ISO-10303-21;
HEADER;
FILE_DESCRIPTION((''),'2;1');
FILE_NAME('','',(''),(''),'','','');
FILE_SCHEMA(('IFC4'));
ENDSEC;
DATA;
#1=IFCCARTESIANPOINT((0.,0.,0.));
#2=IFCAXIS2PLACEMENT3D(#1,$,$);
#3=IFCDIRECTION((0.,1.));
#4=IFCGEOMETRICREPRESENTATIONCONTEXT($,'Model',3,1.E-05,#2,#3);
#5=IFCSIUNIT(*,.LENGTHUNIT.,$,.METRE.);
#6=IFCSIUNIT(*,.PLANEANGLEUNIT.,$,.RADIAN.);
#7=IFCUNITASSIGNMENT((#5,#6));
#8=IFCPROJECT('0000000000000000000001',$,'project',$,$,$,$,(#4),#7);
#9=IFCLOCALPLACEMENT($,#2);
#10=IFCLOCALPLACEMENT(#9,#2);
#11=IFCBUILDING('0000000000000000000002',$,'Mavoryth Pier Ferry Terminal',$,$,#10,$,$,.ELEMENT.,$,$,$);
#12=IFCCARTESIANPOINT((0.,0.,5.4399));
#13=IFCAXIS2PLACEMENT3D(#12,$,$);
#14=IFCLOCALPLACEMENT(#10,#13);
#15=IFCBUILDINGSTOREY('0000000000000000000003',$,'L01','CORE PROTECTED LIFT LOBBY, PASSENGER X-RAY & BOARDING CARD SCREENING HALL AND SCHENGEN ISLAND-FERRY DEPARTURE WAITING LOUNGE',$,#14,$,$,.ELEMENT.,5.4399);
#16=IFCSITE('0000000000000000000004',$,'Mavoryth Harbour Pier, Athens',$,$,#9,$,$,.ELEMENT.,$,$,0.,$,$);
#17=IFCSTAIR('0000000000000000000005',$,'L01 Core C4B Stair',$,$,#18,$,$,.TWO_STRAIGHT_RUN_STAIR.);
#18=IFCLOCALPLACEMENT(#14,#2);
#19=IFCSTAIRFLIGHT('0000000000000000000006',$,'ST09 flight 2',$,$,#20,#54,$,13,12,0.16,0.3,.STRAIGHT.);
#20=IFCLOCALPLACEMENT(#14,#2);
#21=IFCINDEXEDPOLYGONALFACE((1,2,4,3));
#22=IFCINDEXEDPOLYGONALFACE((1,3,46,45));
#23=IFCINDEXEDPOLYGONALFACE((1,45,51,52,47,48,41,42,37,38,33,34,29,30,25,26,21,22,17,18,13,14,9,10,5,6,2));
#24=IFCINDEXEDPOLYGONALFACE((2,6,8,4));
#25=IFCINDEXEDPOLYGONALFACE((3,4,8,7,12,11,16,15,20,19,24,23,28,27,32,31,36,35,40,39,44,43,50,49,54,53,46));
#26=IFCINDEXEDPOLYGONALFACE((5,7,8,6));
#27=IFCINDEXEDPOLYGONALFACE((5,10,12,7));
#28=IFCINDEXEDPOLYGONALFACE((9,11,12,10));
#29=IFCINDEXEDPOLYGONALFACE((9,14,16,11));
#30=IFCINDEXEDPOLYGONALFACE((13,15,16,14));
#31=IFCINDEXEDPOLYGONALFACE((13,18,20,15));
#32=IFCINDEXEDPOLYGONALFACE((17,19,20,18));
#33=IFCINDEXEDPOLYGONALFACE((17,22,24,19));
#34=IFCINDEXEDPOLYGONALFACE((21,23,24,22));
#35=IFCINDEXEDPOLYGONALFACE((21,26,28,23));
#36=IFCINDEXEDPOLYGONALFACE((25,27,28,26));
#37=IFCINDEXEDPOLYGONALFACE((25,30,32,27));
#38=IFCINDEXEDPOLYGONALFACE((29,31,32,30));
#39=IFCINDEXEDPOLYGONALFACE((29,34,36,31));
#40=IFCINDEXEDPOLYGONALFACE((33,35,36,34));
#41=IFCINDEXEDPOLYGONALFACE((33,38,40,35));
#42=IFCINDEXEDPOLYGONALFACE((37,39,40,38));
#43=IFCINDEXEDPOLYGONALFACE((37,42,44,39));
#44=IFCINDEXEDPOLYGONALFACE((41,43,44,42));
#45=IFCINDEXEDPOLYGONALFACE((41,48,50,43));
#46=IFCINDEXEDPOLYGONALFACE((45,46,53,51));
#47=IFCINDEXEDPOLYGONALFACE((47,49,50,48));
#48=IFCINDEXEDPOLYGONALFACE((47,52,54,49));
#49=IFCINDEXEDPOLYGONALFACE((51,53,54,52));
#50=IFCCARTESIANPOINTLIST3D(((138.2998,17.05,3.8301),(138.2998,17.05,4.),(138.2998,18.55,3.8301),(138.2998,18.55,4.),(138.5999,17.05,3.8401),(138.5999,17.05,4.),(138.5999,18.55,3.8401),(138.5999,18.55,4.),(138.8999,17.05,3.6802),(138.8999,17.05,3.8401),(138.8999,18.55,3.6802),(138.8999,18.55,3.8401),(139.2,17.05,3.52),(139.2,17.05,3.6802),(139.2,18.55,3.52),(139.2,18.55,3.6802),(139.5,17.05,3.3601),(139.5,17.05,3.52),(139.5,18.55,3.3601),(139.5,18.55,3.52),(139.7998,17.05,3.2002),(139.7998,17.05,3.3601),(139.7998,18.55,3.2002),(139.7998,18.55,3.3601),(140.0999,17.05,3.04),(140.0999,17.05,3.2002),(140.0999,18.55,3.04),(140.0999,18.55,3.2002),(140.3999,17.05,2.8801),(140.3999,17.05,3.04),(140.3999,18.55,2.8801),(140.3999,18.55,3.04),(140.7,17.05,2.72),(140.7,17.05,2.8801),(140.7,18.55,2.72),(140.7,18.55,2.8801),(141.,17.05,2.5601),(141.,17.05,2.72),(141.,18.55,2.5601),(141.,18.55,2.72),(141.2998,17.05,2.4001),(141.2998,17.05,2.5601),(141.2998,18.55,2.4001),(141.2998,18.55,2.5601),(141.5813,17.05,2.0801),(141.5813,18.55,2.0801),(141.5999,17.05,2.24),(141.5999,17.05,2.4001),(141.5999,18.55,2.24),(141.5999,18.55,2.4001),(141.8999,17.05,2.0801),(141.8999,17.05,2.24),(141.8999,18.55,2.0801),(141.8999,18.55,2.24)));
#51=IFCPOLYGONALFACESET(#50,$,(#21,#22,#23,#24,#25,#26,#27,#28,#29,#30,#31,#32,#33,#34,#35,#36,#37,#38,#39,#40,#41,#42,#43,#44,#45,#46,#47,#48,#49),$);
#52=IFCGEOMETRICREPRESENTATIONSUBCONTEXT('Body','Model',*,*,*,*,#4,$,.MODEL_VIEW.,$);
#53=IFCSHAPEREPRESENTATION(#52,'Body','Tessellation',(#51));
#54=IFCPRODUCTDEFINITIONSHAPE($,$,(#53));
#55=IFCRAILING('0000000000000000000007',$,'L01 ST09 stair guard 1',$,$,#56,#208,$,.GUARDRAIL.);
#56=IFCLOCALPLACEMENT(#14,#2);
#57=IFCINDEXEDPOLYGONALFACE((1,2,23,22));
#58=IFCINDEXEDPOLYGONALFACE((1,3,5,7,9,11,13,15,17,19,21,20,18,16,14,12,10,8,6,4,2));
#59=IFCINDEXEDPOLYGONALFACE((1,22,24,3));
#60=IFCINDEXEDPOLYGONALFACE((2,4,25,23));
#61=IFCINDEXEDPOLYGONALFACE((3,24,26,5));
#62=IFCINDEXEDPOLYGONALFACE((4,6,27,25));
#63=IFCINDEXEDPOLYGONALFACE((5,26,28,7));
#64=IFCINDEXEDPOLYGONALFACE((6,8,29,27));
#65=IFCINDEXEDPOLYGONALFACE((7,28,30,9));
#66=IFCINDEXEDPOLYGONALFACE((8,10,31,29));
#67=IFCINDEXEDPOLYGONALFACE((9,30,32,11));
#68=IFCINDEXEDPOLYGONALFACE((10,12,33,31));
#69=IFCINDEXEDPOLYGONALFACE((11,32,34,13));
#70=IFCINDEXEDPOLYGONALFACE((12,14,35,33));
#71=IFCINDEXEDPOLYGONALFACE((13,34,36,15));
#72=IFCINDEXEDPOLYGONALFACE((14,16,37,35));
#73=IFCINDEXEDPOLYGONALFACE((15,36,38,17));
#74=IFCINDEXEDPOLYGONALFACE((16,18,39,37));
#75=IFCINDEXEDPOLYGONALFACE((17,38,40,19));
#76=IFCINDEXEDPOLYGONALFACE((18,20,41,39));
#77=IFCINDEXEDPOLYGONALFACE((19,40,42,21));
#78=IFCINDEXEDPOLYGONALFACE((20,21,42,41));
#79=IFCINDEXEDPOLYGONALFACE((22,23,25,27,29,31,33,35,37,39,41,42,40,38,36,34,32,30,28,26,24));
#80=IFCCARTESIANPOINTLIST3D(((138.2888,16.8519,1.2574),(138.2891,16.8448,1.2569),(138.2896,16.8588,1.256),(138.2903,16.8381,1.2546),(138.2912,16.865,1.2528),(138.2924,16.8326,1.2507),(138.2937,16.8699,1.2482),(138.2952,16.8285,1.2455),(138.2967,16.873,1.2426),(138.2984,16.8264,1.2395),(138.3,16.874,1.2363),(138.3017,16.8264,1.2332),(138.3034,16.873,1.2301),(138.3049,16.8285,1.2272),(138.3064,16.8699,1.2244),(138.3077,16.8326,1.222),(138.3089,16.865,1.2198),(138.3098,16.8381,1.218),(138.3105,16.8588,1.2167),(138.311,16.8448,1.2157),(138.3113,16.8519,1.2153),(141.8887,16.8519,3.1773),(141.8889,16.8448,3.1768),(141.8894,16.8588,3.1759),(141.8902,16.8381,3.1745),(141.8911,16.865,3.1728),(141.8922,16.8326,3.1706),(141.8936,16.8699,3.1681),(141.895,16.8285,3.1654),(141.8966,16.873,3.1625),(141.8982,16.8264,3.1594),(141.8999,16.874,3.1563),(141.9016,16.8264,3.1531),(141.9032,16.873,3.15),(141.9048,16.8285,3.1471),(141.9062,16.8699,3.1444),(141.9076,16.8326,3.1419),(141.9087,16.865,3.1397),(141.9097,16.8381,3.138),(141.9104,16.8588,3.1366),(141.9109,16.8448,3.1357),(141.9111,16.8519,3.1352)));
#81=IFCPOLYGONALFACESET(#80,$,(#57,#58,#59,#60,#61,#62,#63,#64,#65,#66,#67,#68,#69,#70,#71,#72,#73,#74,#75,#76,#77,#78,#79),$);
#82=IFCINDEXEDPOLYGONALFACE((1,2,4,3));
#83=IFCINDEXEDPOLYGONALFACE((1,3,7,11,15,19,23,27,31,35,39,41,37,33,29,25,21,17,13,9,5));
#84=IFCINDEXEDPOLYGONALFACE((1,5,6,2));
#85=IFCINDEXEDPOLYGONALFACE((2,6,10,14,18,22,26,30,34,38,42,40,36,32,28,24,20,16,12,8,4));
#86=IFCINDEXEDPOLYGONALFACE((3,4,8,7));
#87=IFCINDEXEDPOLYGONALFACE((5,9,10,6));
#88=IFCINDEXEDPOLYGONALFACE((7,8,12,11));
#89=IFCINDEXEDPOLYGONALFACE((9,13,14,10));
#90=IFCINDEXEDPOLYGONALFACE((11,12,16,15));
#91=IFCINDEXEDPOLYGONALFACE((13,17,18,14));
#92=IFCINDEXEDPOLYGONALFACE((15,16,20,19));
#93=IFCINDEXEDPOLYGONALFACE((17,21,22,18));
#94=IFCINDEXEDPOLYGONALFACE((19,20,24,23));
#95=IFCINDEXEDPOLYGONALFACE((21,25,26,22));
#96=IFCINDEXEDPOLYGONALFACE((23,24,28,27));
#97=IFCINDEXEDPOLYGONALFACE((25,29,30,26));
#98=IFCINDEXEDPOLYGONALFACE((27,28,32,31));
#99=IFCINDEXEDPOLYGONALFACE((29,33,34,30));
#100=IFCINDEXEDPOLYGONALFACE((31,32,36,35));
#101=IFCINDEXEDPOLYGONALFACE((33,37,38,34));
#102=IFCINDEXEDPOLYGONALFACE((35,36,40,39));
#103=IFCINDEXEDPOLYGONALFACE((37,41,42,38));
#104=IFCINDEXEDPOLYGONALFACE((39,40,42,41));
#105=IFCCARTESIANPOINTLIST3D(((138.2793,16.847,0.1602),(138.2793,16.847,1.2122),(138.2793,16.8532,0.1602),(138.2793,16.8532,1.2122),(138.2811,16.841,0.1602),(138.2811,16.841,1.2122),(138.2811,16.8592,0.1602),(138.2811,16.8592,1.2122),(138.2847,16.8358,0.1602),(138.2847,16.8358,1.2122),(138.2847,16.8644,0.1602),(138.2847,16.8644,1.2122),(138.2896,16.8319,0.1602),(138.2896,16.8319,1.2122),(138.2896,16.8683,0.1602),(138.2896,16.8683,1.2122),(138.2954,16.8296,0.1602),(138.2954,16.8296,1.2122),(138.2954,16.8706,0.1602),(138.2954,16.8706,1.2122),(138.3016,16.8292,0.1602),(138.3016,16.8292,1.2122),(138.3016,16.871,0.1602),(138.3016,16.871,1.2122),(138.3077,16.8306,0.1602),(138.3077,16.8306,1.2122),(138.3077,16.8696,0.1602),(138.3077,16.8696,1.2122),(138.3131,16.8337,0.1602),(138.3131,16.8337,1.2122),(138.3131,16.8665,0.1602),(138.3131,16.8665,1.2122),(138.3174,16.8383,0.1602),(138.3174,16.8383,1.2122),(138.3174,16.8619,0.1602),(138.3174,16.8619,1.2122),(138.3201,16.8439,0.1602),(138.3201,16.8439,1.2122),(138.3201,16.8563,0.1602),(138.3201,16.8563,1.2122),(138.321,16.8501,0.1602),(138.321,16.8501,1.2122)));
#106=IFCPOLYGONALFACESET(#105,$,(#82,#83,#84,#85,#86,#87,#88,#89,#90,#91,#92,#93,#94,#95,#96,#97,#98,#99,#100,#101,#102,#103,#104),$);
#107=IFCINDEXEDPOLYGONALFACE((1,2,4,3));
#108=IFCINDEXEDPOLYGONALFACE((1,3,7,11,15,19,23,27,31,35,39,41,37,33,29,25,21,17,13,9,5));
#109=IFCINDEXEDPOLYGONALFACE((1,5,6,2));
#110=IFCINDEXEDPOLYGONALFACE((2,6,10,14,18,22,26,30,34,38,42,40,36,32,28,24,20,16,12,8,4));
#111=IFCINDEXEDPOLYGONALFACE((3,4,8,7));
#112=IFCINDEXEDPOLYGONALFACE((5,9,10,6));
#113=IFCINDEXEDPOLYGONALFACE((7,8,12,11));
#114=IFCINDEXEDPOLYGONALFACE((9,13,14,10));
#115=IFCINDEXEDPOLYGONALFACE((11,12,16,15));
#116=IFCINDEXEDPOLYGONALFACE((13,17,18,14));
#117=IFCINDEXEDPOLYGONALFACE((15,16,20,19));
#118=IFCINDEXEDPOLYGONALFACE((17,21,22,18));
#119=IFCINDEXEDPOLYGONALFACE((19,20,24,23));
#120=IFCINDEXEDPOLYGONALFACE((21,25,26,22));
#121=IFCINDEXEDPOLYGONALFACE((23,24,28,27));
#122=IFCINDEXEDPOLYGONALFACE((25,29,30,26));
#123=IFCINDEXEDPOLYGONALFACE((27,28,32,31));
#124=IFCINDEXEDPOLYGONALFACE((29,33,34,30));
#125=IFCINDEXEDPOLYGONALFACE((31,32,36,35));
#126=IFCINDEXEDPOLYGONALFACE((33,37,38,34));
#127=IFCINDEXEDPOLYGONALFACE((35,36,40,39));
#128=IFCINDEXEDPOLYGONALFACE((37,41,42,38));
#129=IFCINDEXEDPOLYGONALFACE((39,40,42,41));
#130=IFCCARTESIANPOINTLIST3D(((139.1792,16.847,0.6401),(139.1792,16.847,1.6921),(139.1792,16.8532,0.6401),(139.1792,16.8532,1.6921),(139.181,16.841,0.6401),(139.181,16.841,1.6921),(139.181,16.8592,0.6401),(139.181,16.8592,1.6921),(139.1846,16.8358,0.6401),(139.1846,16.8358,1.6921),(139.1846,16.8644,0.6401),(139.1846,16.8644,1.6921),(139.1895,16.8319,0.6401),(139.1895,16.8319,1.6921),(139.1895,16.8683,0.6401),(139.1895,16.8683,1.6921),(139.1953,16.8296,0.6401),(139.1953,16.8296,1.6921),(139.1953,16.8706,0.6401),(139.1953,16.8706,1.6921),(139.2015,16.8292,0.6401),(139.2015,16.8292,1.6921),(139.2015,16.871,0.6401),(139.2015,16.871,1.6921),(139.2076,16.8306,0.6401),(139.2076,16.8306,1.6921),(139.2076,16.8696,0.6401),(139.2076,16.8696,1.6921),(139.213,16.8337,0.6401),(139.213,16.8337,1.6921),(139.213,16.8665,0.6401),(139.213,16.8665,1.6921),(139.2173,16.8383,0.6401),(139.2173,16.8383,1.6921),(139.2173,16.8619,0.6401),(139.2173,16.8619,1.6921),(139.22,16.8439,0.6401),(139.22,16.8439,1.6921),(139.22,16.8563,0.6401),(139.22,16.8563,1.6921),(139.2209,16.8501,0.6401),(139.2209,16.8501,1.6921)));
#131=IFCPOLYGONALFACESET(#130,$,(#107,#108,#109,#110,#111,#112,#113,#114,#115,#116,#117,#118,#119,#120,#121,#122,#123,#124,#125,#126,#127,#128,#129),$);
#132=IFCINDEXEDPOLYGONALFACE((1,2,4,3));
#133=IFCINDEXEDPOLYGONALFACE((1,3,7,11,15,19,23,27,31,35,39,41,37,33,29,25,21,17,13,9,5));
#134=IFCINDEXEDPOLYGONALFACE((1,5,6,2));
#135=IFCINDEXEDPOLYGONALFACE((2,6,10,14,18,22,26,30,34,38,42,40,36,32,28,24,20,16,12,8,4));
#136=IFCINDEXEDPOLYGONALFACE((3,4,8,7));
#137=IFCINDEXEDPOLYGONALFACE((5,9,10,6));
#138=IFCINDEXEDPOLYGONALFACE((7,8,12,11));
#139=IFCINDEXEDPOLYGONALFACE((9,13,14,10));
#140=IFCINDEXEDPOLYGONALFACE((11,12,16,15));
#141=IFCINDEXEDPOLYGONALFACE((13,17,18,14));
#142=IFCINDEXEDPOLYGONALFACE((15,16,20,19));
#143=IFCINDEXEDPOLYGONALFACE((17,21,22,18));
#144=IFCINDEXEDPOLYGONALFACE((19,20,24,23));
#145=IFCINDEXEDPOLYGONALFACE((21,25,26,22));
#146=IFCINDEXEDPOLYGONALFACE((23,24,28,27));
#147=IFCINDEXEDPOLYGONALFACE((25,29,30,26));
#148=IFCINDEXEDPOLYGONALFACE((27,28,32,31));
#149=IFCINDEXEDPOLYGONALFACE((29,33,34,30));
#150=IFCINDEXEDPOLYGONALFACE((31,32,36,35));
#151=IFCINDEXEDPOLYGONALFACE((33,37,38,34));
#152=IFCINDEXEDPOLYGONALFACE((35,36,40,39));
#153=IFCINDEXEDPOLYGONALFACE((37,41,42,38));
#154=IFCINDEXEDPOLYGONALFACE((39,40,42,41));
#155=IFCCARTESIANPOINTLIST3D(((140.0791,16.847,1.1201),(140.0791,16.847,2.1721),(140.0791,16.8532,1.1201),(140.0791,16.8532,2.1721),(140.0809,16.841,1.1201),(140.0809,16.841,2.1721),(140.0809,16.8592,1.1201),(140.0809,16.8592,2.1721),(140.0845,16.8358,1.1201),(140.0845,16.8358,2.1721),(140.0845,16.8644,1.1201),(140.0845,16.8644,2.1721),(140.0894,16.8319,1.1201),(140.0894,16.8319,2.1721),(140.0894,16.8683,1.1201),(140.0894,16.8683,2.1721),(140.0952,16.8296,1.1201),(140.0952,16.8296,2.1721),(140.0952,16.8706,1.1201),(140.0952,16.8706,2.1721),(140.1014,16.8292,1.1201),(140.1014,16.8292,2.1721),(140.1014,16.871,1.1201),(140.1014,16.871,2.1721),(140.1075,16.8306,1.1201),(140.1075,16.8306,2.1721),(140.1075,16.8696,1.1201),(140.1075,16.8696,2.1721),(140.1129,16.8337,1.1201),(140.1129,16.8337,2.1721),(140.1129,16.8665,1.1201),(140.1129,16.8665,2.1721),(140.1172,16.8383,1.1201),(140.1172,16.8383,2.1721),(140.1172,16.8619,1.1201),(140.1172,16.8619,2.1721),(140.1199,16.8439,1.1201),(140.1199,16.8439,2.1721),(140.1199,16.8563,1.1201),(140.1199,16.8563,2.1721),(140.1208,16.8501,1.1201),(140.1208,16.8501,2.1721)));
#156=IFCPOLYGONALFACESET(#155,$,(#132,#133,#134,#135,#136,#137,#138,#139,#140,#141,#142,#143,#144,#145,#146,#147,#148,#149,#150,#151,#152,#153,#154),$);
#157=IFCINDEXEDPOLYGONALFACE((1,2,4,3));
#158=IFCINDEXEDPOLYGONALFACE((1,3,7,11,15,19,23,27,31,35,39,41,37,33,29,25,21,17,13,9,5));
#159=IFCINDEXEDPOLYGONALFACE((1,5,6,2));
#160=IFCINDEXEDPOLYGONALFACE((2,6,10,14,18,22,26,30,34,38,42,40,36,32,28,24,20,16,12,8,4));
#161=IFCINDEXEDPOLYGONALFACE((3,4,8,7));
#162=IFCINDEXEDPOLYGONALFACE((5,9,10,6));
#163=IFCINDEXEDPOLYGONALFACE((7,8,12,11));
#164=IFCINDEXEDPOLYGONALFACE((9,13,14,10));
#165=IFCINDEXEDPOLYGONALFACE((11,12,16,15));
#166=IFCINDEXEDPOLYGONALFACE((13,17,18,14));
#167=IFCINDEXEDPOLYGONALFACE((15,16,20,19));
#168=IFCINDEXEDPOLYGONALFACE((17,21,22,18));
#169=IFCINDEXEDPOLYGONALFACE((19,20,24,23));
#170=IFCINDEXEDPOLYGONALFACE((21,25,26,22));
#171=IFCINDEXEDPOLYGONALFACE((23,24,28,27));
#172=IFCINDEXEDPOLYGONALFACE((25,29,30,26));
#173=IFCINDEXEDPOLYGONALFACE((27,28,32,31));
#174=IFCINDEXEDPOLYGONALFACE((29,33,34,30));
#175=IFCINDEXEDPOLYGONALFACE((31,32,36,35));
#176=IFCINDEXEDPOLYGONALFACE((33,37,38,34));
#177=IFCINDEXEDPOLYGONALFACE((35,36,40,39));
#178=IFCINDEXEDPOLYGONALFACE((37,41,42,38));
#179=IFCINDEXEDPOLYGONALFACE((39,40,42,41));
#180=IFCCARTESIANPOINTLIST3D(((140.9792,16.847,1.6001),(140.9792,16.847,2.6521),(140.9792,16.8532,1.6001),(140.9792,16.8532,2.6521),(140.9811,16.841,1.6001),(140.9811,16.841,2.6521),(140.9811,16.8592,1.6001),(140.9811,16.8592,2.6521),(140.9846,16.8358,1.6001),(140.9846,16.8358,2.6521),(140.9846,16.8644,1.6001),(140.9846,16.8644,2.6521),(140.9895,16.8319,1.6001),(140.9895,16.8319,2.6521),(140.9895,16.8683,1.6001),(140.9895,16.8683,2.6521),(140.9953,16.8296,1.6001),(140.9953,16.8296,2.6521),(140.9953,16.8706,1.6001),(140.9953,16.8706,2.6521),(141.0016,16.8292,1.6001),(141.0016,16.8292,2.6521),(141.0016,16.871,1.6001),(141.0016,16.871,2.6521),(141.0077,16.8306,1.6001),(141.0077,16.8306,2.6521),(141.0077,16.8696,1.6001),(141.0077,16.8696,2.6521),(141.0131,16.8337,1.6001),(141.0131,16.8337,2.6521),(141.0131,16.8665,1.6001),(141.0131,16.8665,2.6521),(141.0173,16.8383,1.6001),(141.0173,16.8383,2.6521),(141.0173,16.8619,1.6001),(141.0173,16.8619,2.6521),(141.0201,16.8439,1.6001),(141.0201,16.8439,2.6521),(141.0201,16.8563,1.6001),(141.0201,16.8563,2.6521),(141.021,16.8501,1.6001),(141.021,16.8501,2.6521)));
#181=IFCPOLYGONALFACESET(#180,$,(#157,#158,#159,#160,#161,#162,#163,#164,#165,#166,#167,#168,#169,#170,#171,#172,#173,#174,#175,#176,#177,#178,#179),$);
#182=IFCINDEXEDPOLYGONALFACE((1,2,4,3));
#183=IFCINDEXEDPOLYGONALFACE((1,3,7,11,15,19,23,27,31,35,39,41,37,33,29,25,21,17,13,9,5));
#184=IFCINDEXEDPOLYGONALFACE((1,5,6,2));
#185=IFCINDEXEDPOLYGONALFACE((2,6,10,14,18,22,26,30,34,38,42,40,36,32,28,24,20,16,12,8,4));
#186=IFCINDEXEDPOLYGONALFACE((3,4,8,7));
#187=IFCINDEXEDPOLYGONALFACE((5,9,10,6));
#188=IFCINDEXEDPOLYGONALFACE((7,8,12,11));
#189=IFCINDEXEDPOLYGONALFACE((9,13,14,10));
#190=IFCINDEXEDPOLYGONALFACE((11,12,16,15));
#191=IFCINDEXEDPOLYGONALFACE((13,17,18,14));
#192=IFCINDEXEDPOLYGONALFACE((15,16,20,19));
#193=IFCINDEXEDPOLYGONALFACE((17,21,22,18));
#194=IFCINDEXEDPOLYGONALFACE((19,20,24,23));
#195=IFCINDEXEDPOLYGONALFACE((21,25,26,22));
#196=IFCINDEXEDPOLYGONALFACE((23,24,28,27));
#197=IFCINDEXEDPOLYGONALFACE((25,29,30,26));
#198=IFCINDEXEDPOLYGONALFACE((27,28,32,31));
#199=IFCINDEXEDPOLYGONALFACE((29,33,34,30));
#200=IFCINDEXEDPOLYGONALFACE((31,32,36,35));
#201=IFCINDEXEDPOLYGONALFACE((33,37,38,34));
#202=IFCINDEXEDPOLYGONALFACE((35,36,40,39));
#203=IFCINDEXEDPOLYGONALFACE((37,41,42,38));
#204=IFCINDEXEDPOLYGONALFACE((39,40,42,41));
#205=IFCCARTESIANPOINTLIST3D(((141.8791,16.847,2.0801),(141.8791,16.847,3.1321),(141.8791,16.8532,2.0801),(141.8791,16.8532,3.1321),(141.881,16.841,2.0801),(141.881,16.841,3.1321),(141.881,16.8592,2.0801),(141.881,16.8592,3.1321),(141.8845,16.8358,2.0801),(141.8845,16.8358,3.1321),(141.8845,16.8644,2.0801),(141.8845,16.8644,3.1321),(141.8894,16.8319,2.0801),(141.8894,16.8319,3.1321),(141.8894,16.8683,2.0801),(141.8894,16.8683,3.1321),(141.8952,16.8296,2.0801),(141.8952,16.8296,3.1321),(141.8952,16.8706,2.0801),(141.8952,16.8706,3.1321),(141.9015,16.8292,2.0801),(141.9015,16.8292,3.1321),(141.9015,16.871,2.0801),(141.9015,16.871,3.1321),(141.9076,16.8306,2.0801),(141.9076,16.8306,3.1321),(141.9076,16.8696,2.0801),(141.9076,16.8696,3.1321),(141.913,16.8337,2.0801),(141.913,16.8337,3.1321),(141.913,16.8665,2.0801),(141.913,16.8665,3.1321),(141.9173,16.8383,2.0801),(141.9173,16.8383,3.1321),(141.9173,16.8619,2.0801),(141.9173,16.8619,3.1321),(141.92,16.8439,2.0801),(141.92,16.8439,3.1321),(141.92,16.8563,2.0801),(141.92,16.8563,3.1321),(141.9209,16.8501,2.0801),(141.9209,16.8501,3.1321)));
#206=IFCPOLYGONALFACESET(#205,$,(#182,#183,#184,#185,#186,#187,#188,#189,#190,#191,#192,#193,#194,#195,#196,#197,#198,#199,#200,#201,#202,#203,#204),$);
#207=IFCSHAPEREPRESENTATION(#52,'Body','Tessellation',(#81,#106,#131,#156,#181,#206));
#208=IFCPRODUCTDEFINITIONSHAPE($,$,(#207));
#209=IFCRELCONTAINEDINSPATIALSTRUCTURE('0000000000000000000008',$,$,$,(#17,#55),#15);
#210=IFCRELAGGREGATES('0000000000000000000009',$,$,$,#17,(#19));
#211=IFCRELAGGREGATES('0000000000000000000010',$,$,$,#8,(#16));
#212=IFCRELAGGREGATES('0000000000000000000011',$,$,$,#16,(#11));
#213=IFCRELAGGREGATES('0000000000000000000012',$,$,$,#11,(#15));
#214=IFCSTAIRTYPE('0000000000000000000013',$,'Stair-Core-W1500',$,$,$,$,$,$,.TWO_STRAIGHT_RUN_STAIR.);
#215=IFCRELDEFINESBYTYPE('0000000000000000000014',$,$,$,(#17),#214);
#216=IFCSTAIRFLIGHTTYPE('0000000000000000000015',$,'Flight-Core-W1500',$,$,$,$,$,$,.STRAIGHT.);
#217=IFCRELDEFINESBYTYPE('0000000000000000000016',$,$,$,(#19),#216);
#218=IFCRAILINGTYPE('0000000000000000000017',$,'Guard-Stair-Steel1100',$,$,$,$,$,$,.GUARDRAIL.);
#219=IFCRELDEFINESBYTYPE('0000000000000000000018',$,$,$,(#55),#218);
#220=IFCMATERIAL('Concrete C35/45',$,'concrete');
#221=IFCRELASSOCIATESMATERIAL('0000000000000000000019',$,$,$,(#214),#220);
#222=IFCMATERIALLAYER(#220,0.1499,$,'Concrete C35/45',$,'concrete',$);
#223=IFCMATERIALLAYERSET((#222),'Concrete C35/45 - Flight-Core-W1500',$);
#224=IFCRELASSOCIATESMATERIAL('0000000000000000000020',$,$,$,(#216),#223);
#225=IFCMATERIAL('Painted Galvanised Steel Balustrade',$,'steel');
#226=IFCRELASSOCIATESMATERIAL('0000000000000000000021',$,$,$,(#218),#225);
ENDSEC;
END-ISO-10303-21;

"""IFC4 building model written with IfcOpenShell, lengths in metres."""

from ifc_helpers import new_model, si_unit, direction, frame, origin, origin_2d, place, context, subcontext, project, spatial, polyline, circle, outline, extrude, material, layer, layer_set, type_object, element, aggregate, save


model = new_model("IFC4")

# Units and contexts
model_context = context("Model", 3, precision=1e-05, world=origin(), true_north=direction((0.0, 1.0)))
body_context = subcontext(model_context, "Body", "Model", "MODEL_VIEW")
ifc_project = project(units=[si_unit("LENGTHUNIT", "METRE"), si_unit("PLANEANGLEUNIT", "RADIAN")], contexts=[model_context])

# Site, building, storey
site_placement = place(None, origin())
site = spatial("IfcSite", under=ifc_project, at=site_placement, Name="Mavoryth Harbour Pier, Athens", CompositionType="ELEMENT", RefElevation=0.0)
building_placement = place(site_placement, origin())
building = spatial("IfcBuilding", under=site, at=building_placement, Name="Mavoryth Pier Ferry Terminal", CompositionType="ELEMENT")
storey_placement = place(building_placement, frame((0.0, 0.0, 5.4399)))
storey = spatial("IfcBuildingStorey", under=building, at=storey_placement, Name="L01", Description="CORE PROTECTED LIFT LOBBY, PASSENGER X-RAY & BOARDING CARD SCREENING HALL AND SCHENGEN ISLAND-FERRY DEPARTURE WAITING LOUNGE", CompositionType="ELEMENT", Elevation=5.4399)

# Shared definitions
ifc_material_1 = material(Name="Concrete C35/45", Category="concrete")

# Stair, stair flight
stair_type = type_object("IfcStairType", Name="Stair-Core-W1500", PredefinedType="TWO_STRAIGHT_RUN_STAIR", material=ifc_material_1)
stair_placement = place(storey_placement, origin())
stair = element("IfcStair", 1, at=stair_placement, inside=storey, type_object=stair_type, Name="L01 Core C4B Stair", PredefinedType="TWO_STRAIGHT_RUN_STAIR")
ifc_layer_1 = layer(ifc_material_1, 0.1499, Name="Concrete C35/45", Category="concrete")
ifc_layer_set_1 = layer_set([ifc_layer_1], Name="Concrete C35/45 - Flight-Core-W1500")
stair_flight_type = type_object("IfcStairFlightType", Name="Flight-Core-W1500", PredefinedType="STRAIGHT", material=ifc_layer_set_1)
stair_flight_1_placement = place(storey_placement, frame((141.8999, 17.8, 2.0801), z_axis=(0.0, 0.0, 1.0), x_axis=(-1.0, 0.0, 0.0)))
stair_flight_1 = element("IfcStairFlight", 2, at=stair_flight_1_placement, type_object=stair_flight_type, Name="ST09 flight 2", NumberOfRisers=13, NumberOfTreads=12, PredefinedType="STRAIGHT", RiserHeight=0.16, TreadLength=0.3, context=body_context, shape_type="SweptSolid", body=[
    extrude(outline(polyline([(0.0, 0.0), (0.0, 0.1599), (0.3, 0.1599), (0.3, 0.3201), (0.6001, 0.3201), (0.6001, 0.48), (0.8999, 0.48), (0.8999, 0.6399), (1.2, 0.6399), (1.2, 0.8), (1.5, 0.8), (1.5, 0.96), (1.8, 0.96), (1.8, 1.1201), (2.1001, 1.1201), (2.1001, 1.28), (2.3999, 1.28), (2.3999, 1.4399), (2.7, 1.4399), (2.7, 1.6001), (3.0, 1.6001), (3.0, 1.76), (3.3, 1.76), (3.3, 1.9199), (3.6001, 1.9199), (3.6001, 2.0801), (3.6001, 1.75), (0.3186, 0.0), (0.0, 0.0)])), frame((0.0, 0.75, 0.0), z_axis=(0.0, -1.0, 0.0), x_axis=(1.0, 0.0, 0.0)), (0.0, 0.0, 1.0), 1.5),
])
aggregate(stair, [stair_flight_1])

# Railing
ifc_material_2 = material(Name="Painted Galvanised Steel Balustrade", Category="steel")
railing_type_1 = type_object("IfcRailingType", Name="Guard-Stair-Steel1100", PredefinedType="GUARDRAIL", material=ifc_material_2)
railing_1_placement = place(storey_placement, frame((138.3, 16.8501, 0.1602)))
element("IfcRailing", 3, at=railing_1_placement, inside=storey, type_object=railing_type_1, Name="L01 ST09 stair guard 1", PredefinedType="GUARDRAIL", context=body_context, shape_type="SweptSolid", body=[
    extrude(circle(Radius=0.0239, at=origin_2d()), frame((0.0, 0.0, 1.0762), z_axis=(0.882353, 0.0, 0.470588), x_axis=(0.0, 1.0, 0.0)), (0.0, 0.0, 1.0), 4.0798),
    extrude(circle(Radius=0.021, at=origin_2d()), origin(), (0.0, 0.0, 1.0), 1.052),
    extrude(circle(Radius=0.021, at=origin_2d()), frame((0.8999, 0.0, 0.48)), (0.0, 0.0, 1.0), 1.052),
    extrude(circle(Radius=0.021, at=origin_2d()), frame((1.7998, 0.0, 0.96)), (0.0, 0.0, 1.0), 1.052),
    extrude(circle(Radius=0.021, at=origin_2d()), frame((2.7, 0.0, 1.4399)), (0.0, 0.0, 1.0), 1.052),
    extrude(circle(Radius=0.021, at=origin_2d()), frame((3.5999, 0.0, 1.9199)), (0.0, 0.0, 1.0), 1.052),
])

save(model, "model.ifc")
